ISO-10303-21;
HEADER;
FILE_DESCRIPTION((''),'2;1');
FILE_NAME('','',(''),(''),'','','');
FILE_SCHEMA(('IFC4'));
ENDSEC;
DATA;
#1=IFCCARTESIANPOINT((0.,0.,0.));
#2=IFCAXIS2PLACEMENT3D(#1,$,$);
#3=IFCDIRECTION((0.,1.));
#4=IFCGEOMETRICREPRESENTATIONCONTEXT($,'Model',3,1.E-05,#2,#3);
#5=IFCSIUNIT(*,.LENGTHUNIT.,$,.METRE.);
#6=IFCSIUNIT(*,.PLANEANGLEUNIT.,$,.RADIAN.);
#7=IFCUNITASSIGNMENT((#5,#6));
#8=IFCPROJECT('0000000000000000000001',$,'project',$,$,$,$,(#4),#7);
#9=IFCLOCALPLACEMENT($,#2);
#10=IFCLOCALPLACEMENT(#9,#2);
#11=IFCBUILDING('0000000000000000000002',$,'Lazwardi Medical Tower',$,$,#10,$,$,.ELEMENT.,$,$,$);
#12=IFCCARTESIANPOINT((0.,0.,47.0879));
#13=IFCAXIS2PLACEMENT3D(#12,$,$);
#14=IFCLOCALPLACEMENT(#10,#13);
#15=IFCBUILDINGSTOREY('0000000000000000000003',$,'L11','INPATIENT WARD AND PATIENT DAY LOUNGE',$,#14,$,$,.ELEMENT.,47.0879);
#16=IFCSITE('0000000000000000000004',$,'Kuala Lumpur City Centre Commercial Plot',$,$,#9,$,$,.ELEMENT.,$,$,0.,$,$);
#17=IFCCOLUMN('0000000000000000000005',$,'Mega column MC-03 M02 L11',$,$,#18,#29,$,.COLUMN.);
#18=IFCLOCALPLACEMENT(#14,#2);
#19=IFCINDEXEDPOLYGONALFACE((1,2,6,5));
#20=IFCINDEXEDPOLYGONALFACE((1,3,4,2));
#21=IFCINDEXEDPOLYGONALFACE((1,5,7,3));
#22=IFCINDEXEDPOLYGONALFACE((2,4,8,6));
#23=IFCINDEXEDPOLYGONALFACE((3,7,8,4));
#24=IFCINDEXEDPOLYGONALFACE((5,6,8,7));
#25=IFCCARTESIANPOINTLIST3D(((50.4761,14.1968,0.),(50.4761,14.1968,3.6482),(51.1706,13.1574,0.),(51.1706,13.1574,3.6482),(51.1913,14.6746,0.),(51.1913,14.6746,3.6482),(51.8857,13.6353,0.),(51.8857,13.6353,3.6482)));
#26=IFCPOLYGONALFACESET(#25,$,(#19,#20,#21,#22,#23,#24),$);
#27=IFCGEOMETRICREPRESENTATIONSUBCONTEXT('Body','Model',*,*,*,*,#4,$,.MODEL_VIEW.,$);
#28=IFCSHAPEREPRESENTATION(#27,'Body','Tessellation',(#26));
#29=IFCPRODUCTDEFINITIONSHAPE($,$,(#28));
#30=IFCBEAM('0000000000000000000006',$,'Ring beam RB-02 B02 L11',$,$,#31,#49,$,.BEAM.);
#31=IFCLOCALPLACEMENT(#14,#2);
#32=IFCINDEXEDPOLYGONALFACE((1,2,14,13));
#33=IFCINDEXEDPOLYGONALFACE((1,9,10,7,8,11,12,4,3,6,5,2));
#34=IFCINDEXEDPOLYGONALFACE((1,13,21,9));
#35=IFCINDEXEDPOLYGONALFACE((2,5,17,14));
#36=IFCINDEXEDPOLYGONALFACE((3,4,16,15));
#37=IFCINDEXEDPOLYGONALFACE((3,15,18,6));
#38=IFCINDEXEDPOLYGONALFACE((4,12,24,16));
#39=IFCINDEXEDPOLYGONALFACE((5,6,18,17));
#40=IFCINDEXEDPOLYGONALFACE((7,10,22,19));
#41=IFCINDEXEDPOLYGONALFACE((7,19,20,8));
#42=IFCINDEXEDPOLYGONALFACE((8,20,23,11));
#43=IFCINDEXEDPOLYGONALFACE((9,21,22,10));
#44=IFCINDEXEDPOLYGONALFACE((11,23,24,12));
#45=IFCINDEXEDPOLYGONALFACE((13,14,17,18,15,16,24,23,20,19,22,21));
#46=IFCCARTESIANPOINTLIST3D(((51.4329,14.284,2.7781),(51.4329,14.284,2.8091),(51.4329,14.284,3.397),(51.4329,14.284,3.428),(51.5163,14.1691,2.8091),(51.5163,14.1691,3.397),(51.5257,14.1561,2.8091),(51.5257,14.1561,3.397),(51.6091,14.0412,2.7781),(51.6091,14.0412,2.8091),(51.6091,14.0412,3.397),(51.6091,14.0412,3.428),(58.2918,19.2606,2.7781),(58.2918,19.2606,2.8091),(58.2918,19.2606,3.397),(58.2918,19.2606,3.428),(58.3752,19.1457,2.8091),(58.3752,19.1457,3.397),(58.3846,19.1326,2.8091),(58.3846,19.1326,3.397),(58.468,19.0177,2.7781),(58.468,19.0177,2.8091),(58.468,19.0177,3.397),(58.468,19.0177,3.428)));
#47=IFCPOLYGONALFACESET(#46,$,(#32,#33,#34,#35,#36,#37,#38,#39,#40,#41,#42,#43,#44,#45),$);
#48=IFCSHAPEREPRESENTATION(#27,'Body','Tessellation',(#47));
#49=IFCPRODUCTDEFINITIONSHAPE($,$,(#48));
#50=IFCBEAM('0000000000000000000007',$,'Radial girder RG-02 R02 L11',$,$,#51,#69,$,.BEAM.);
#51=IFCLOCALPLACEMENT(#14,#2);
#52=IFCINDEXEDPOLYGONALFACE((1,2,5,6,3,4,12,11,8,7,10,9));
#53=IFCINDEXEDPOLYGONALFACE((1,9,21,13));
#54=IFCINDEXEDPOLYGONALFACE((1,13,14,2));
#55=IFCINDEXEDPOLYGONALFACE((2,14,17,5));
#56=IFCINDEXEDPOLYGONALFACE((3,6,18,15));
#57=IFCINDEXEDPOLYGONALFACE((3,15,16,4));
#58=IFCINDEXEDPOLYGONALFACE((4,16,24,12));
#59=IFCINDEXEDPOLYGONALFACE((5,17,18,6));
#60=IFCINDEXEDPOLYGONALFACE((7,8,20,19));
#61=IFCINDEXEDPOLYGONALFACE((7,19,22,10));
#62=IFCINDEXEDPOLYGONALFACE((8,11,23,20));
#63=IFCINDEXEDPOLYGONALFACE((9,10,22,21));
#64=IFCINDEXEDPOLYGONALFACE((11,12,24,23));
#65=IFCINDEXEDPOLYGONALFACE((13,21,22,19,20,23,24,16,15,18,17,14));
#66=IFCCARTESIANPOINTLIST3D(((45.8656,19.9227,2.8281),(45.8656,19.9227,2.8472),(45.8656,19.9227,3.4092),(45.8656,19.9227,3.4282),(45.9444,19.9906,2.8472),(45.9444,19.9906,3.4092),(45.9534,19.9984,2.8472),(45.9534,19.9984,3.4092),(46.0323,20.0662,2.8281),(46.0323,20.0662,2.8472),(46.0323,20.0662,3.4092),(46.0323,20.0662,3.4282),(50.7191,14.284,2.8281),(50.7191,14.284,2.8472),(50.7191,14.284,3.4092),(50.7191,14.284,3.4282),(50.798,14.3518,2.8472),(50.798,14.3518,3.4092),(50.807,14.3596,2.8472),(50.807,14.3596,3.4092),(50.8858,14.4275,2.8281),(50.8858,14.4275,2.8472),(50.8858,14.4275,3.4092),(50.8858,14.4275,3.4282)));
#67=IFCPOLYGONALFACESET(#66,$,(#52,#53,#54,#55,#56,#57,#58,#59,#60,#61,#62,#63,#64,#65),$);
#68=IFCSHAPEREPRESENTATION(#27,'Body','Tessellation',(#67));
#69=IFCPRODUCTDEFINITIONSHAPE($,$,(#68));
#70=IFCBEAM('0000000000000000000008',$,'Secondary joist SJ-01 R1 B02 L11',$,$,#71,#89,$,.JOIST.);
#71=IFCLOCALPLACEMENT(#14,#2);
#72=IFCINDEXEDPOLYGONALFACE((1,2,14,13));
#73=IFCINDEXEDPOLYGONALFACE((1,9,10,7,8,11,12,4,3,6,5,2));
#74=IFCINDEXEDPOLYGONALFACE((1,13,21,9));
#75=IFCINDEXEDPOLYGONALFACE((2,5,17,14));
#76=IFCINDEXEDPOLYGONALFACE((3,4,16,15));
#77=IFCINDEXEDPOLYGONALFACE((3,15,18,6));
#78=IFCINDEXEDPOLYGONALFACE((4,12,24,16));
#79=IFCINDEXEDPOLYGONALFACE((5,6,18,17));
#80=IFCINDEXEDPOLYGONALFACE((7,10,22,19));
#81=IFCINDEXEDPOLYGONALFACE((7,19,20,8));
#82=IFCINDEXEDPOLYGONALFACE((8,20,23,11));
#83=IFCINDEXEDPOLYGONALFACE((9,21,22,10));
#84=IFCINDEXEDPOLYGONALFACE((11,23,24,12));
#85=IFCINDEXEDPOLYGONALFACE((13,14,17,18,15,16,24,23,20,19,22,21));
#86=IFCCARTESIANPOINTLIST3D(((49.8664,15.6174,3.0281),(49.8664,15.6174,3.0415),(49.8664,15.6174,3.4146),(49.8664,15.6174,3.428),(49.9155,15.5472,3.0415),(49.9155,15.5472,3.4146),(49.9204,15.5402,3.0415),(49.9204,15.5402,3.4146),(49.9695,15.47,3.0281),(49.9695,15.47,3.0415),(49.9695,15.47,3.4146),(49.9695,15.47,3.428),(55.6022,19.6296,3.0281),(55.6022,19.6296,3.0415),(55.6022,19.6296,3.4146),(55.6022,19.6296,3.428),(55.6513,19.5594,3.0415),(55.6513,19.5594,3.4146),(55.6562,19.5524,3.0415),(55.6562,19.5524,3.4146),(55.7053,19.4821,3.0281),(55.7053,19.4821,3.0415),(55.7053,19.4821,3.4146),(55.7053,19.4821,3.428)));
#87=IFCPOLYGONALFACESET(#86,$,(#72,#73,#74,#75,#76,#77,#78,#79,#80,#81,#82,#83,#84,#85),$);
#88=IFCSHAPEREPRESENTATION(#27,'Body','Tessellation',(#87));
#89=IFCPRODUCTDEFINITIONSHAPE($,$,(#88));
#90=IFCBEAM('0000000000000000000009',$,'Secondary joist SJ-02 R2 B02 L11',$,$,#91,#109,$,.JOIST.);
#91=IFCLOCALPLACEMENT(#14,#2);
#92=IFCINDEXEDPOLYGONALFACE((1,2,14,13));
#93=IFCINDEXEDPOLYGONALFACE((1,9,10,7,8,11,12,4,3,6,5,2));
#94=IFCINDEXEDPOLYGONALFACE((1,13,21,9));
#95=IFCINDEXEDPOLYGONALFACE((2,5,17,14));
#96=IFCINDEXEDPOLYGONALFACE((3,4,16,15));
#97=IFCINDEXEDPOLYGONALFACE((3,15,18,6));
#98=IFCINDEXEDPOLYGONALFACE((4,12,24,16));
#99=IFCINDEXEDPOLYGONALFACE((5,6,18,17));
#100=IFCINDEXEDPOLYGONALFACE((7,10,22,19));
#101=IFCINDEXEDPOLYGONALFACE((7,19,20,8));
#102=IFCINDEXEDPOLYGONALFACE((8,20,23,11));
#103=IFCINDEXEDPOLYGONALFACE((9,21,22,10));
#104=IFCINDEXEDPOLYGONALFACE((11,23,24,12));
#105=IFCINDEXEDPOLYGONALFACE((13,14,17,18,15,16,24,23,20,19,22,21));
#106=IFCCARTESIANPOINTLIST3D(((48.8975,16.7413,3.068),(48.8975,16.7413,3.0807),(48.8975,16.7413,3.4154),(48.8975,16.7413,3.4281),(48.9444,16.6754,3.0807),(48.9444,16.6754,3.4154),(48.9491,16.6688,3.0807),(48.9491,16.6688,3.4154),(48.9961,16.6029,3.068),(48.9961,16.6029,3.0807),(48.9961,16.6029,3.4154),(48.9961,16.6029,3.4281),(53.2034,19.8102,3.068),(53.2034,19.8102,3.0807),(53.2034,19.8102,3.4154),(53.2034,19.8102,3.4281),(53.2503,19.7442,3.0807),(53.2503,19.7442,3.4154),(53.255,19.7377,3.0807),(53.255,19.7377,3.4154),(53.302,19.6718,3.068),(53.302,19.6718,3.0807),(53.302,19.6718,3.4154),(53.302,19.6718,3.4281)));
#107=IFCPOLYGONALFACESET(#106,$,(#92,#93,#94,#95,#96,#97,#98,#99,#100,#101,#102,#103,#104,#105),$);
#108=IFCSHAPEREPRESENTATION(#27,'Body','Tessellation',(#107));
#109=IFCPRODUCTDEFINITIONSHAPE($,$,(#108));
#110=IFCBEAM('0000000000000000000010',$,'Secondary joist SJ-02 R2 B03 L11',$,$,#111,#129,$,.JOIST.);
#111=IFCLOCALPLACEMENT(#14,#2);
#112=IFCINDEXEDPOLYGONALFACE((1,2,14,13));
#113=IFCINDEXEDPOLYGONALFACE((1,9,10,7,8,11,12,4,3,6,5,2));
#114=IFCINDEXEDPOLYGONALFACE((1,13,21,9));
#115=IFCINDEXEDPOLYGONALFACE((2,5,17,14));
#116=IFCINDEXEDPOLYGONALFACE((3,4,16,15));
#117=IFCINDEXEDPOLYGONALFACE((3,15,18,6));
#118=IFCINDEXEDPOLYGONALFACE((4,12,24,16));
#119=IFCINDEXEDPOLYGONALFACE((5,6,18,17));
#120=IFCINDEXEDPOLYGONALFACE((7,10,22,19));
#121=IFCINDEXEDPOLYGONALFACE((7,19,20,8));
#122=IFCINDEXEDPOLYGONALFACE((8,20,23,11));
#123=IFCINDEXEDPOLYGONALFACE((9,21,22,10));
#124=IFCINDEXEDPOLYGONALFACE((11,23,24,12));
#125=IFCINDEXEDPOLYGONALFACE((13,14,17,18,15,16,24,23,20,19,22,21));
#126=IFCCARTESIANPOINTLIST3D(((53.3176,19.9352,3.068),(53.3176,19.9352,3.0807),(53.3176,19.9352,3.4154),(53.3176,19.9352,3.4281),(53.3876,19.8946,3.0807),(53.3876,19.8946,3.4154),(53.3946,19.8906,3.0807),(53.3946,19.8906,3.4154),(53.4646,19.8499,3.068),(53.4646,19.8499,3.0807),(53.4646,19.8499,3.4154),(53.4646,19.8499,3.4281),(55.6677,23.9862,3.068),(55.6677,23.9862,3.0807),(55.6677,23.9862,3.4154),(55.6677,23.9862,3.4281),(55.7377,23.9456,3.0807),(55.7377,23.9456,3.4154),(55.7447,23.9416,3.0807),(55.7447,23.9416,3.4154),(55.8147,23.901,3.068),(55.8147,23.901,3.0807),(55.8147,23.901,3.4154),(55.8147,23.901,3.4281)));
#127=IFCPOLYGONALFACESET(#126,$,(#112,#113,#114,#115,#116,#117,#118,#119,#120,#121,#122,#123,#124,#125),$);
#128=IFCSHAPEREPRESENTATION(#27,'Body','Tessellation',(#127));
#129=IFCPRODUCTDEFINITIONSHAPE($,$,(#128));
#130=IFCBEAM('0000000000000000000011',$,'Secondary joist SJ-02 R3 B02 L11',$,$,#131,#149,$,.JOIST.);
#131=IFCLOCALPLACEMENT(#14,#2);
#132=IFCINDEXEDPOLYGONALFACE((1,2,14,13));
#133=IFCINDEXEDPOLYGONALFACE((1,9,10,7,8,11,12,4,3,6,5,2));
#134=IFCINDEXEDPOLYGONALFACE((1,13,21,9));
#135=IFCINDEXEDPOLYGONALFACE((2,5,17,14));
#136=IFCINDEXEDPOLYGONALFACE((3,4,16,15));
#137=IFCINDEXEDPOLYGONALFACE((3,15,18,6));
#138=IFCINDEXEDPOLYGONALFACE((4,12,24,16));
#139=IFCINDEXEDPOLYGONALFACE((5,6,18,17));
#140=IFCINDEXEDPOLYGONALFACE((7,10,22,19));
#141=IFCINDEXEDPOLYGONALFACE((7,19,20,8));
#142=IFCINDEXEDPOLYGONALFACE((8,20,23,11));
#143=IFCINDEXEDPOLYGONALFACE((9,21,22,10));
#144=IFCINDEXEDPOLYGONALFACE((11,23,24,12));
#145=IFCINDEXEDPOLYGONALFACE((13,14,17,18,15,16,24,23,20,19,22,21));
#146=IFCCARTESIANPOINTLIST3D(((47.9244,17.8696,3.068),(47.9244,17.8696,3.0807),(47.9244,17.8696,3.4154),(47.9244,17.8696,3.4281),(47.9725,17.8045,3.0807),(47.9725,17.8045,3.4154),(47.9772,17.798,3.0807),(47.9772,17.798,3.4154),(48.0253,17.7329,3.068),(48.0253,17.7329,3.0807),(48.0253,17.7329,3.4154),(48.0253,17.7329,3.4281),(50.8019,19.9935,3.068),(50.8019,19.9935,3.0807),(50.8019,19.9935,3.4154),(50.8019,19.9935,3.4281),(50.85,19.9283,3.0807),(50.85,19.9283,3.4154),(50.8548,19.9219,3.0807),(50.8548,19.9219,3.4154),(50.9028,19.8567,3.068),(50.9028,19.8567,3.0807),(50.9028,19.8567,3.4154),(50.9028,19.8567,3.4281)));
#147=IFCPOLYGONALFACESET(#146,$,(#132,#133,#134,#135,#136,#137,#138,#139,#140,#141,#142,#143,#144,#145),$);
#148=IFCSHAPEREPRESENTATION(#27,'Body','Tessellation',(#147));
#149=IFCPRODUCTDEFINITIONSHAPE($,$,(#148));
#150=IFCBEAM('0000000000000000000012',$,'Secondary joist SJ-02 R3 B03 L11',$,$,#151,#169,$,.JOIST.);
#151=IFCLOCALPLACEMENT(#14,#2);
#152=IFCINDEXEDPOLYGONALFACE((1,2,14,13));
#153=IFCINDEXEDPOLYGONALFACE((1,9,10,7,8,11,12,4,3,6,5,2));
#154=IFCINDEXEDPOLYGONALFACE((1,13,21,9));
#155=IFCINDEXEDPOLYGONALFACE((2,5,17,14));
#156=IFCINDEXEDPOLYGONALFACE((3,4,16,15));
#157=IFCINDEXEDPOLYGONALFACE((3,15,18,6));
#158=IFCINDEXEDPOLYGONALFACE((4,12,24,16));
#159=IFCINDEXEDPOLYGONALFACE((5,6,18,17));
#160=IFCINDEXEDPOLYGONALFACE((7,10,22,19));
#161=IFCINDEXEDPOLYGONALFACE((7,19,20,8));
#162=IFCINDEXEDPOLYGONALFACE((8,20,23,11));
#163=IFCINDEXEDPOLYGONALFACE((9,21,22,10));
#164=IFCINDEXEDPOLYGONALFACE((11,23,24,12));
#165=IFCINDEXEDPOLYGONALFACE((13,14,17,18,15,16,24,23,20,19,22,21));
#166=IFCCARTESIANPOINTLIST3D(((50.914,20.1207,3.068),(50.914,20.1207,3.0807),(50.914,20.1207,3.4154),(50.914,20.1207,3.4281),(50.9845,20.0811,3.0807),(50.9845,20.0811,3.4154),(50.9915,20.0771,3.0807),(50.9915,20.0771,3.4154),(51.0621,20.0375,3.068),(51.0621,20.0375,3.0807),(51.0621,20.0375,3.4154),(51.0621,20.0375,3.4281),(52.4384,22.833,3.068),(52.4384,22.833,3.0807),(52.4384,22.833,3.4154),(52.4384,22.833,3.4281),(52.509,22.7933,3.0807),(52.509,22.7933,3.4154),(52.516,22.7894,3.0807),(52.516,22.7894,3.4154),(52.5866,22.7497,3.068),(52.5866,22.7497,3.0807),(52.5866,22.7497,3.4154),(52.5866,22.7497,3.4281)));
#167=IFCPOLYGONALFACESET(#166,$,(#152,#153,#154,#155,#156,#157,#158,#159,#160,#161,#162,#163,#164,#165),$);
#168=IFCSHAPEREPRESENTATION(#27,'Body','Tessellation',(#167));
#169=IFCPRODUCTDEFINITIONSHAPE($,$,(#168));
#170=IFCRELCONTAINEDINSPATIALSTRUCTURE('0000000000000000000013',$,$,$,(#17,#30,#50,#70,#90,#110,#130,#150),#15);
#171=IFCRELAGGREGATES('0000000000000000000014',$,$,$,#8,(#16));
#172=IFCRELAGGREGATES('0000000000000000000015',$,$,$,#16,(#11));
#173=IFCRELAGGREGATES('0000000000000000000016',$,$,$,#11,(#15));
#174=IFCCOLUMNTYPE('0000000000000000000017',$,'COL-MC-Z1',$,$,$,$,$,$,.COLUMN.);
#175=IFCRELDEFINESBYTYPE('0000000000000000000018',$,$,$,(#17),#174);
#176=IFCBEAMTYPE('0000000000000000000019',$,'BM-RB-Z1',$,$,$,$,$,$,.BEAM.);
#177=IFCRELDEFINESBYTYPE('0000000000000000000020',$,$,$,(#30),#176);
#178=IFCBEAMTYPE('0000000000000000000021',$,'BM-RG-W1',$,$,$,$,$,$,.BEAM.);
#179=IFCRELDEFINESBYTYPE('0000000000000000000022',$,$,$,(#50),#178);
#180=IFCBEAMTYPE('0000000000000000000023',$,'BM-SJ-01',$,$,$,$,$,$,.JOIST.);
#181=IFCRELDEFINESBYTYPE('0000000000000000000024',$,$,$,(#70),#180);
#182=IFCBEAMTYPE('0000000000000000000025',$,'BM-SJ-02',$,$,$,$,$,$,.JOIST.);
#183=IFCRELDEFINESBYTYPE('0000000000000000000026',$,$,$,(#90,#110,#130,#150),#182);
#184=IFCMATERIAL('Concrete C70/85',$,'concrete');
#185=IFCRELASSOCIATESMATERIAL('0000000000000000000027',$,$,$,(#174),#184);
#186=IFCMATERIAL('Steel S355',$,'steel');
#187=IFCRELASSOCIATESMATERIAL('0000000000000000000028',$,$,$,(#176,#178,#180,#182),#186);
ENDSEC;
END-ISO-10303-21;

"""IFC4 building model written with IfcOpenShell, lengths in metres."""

from ifc_helpers import new_model, si_unit, direction, frame, origin, origin_2d, place, context, subcontext, project, spatial, rectangle, i_section, extrude, material, material_profile, profile_set, type_object, element, save


model = new_model("IFC4")

# Units and contexts
model_context = context("Model", 3, precision=1e-05, world=origin(), true_north=direction((0.0, 1.0)))
body_context = subcontext(model_context, "Body", "Model", "MODEL_VIEW")
ifc_project = project(units=[si_unit("LENGTHUNIT", "METRE"), si_unit("PLANEANGLEUNIT", "RADIAN")], contexts=[model_context])

# Site, building, storey
site_placement = place(None, origin())
site = spatial("IfcSite", under=ifc_project, at=site_placement, Name="Kuala Lumpur City Centre Commercial Plot", CompositionType="ELEMENT", RefElevation=0.0)
building_placement = place(site_placement, origin())
building = spatial("IfcBuilding", under=site, at=building_placement, Name="Lazwardi Medical Tower", CompositionType="ELEMENT")
storey_placement = place(building_placement, frame((0.0, 0.0, 47.0879)))
storey = spatial("IfcBuildingStorey", under=building, at=storey_placement, Name="L11", Description="INPATIENT WARD AND PATIENT DAY LOUNGE", CompositionType="ELEMENT", Elevation=47.0879)

# Column
ifc_material_1 = material(Name="Concrete C70/85", Category="concrete")
ifc_material_profile_1 = material_profile(ifc_material_1, rectangle(XDim=1.25, YDim=0.8601, at=origin_2d()), Name="CFT-RECT 1250x860")
ifc_profile_set_1 = profile_set([ifc_material_profile_1], Name="Concrete C70/85")
column_type = type_object("IfcColumnType", Name="COL-MC-Z1", PredefinedType="COLUMN", material=ifc_profile_set_1)
column_placement = place(storey_placement, frame((51.1809, 13.916, 0.0), z_axis=(0.0, 0.0, 1.0), x_axis=(0.55557, -0.83147, 0.0)))
element("IfcColumn", 1, at=column_placement, inside=storey, type_object=column_type, Name="Mega column MC-03 M02 L11", PredefinedType="COLUMN", context=body_context, shape_type="SweptSolid", body=[
    extrude(rectangle(XDim=1.25, YDim=0.8601, at=origin_2d()), origin(), (0.0, 0.0, 1.0), 3.6482),
])

# Beams
ifc_material_2 = material(Name="Steel S355", Category="steel")
ifc_material_profile_2 = material_profile(ifc_material_2, i_section(OverallWidth=0.3, OverallDepth=0.6499, WebThickness=0.0161, FlangeThickness=0.031, at=origin_2d()), Name="HEB 650")
ifc_profile_set_2 = profile_set([ifc_material_profile_2], Name="Steel S355")
beam_type_1 = type_object("IfcBeamType", Name="BM-RB-Z1", PredefinedType="BEAM", material=ifc_profile_set_2)
beam_1_placement = place(storey_placement, frame((51.521, 14.1626, 3.103), z_axis=(0.809393, 0.587267, 0.0), x_axis=(-0.587267, 0.809393, 0.0)))
element("IfcBeam", 2, at=beam_1_placement, inside=storey, type_object=beam_type_1, Name="Ring beam RB-02 B02 L11", PredefinedType="BEAM", context=body_context, shape_type="SweptSolid", body=[
    extrude(i_section(OverallWidth=0.3, OverallDepth=0.6499, WebThickness=0.0161, FlangeThickness=0.031, at=origin_2d()), origin(), (0.0, 0.0, 1.0), 8.4741),
])
ifc_material_profile_3 = material_profile(ifc_material_2, i_section(OverallWidth=0.22, OverallDepth=0.6001, WebThickness=0.012, FlangeThickness=0.019, at=origin_2d()), Name="IPE 600")
ifc_profile_set_3 = profile_set([ifc_material_profile_3], Name="Steel S355")
beam_type_2 = type_object("IfcBeamType", Name="BM-RG-W1", PredefinedType="BEAM", material=ifc_profile_set_3)
beam_2_placement = place(storey_placement, frame((50.8025, 14.3557, 3.1282), z_axis=(-0.652368, 0.757902, 0.0), x_axis=(-0.757902, -0.652368, 0.0)))
element("IfcBeam", 3, at=beam_2_placement, inside=storey, type_object=beam_type_2, Name="Radial girder RG-02 R02 L11", PredefinedType="BEAM", context=body_context, shape_type="SweptSolid", body=[
    extrude(i_section(OverallWidth=0.22, OverallDepth=0.6001, WebThickness=0.012, FlangeThickness=0.019, at=origin_2d()), origin(), (0.0, 0.0, 1.0), 7.4399),
])
ifc_material_profile_4 = material_profile(ifc_material_2, i_section(OverallWidth=0.1799, OverallDepth=0.3999, WebThickness=0.0085, FlangeThickness=0.0134, at=origin_2d()), Name="IPE 400")
ifc_profile_set_4 = profile_set([ifc_material_profile_4], Name="Steel S355")
beam_type_3 = type_object("IfcBeamType", Name="BM-SJ-01", PredefinedType="JOIST", material=ifc_profile_set_4)
beam_3_placement = place(storey_placement, frame((49.918, 15.5437, 3.228), z_axis=(0.819425, 0.573186, 0.0), x_axis=(-0.573186, 0.819425, 0.0)))
element("IfcBeam", 4, at=beam_3_placement, inside=storey, type_object=beam_type_3, Name="Secondary joist SJ-01 R1 B02 L11", PredefinedType="JOIST", context=body_context, shape_type="SweptSolid", body=[
    extrude(i_section(OverallWidth=0.1799, OverallDepth=0.3999, WebThickness=0.0085, FlangeThickness=0.0134, at=origin_2d()), origin(), (0.0, 0.0, 1.0), 6.9998),
])
ifc_material_profile_5 = material_profile(ifc_material_2, i_section(OverallWidth=0.1699, OverallDepth=0.3601, WebThickness=0.0081, FlangeThickness=0.0127, at=origin_2d()), Name="IPE 360")
ifc_profile_set_5 = profile_set([ifc_material_profile_5], Name="Steel S355")
beam_type_4 = type_object("IfcBeamType", Name="BM-SJ-02", PredefinedType="JOIST", material=ifc_profile_set_5)
beam_4_placement = place(storey_placement, frame((48.9468, 16.6721, 3.248), z_axis=(0.814341, 0.580386, 0.0), x_axis=(-0.580386, 0.814341, 0.0)))
element("IfcBeam", 5, at=beam_4_placement, inside=storey, type_object=beam_type_4, Name="Secondary joist SJ-02 R2 B02 L11", PredefinedType="JOIST", context=body_context, shape_type="SweptSolid", body=[
    extrude(i_section(OverallWidth=0.1699, OverallDepth=0.3601, WebThickness=0.0081, FlangeThickness=0.0127, at=origin_2d()), origin(), (0.0, 0.0, 1.0), 5.2876),
])
beam_5_placement = place(storey_placement, frame((53.3911, 19.8926, 3.248), z_axis=(0.501798, 0.864985, 0.0), x_axis=(-0.864985, 0.501798, 0.0)))
element("IfcBeam", 6, at=beam_5_placement, inside=storey, type_object=beam_type_4, Name="Secondary joist SJ-02 R2 B03 L11", PredefinedType="JOIST", context=body_context, shape_type="SweptSolid", body=[
    extrude(i_section(OverallWidth=0.1699, OverallDepth=0.3601, WebThickness=0.0081, FlangeThickness=0.0127, at=origin_2d()), origin(), (0.0, 0.0, 1.0), 4.6833),
])
beam_6_placement = place(storey_placement, frame((47.9749, 17.8013, 3.248), z_axis=(0.80458, 0.593844, 0.0), x_axis=(-0.593844, 0.80458, 0.0)))
element("IfcBeam", 7, at=beam_6_placement, inside=storey, type_object=beam_type_4, Name="Secondary joist SJ-02 R3 B02 L11", PredefinedType="JOIST", context=body_context, shape_type="SweptSolid", body=[
    extrude(i_section(OverallWidth=0.1699, OverallDepth=0.3601, WebThickness=0.0081, FlangeThickness=0.0127, at=origin_2d()), origin(), (0.0, 0.0, 1.0), 3.5764),
])
beam_7_placement = place(storey_placement, frame((50.988, 20.0791, 3.248), z_axis=(0.489974, 0.871737, 0.0), x_axis=(-0.871737, 0.489974, 0.0)))
element("IfcBeam", 8, at=beam_7_placement, inside=storey, type_object=beam_type_4, Name="Secondary joist SJ-02 R3 B03 L11", PredefinedType="JOIST", context=body_context, shape_type="SweptSolid", body=[
    extrude(i_section(OverallWidth=0.1699, OverallDepth=0.3601, WebThickness=0.0081, FlangeThickness=0.0127, at=origin_2d()), origin(), (0.0, 0.0, 1.0), 3.1113),
])

save(model, "model.ifc")
